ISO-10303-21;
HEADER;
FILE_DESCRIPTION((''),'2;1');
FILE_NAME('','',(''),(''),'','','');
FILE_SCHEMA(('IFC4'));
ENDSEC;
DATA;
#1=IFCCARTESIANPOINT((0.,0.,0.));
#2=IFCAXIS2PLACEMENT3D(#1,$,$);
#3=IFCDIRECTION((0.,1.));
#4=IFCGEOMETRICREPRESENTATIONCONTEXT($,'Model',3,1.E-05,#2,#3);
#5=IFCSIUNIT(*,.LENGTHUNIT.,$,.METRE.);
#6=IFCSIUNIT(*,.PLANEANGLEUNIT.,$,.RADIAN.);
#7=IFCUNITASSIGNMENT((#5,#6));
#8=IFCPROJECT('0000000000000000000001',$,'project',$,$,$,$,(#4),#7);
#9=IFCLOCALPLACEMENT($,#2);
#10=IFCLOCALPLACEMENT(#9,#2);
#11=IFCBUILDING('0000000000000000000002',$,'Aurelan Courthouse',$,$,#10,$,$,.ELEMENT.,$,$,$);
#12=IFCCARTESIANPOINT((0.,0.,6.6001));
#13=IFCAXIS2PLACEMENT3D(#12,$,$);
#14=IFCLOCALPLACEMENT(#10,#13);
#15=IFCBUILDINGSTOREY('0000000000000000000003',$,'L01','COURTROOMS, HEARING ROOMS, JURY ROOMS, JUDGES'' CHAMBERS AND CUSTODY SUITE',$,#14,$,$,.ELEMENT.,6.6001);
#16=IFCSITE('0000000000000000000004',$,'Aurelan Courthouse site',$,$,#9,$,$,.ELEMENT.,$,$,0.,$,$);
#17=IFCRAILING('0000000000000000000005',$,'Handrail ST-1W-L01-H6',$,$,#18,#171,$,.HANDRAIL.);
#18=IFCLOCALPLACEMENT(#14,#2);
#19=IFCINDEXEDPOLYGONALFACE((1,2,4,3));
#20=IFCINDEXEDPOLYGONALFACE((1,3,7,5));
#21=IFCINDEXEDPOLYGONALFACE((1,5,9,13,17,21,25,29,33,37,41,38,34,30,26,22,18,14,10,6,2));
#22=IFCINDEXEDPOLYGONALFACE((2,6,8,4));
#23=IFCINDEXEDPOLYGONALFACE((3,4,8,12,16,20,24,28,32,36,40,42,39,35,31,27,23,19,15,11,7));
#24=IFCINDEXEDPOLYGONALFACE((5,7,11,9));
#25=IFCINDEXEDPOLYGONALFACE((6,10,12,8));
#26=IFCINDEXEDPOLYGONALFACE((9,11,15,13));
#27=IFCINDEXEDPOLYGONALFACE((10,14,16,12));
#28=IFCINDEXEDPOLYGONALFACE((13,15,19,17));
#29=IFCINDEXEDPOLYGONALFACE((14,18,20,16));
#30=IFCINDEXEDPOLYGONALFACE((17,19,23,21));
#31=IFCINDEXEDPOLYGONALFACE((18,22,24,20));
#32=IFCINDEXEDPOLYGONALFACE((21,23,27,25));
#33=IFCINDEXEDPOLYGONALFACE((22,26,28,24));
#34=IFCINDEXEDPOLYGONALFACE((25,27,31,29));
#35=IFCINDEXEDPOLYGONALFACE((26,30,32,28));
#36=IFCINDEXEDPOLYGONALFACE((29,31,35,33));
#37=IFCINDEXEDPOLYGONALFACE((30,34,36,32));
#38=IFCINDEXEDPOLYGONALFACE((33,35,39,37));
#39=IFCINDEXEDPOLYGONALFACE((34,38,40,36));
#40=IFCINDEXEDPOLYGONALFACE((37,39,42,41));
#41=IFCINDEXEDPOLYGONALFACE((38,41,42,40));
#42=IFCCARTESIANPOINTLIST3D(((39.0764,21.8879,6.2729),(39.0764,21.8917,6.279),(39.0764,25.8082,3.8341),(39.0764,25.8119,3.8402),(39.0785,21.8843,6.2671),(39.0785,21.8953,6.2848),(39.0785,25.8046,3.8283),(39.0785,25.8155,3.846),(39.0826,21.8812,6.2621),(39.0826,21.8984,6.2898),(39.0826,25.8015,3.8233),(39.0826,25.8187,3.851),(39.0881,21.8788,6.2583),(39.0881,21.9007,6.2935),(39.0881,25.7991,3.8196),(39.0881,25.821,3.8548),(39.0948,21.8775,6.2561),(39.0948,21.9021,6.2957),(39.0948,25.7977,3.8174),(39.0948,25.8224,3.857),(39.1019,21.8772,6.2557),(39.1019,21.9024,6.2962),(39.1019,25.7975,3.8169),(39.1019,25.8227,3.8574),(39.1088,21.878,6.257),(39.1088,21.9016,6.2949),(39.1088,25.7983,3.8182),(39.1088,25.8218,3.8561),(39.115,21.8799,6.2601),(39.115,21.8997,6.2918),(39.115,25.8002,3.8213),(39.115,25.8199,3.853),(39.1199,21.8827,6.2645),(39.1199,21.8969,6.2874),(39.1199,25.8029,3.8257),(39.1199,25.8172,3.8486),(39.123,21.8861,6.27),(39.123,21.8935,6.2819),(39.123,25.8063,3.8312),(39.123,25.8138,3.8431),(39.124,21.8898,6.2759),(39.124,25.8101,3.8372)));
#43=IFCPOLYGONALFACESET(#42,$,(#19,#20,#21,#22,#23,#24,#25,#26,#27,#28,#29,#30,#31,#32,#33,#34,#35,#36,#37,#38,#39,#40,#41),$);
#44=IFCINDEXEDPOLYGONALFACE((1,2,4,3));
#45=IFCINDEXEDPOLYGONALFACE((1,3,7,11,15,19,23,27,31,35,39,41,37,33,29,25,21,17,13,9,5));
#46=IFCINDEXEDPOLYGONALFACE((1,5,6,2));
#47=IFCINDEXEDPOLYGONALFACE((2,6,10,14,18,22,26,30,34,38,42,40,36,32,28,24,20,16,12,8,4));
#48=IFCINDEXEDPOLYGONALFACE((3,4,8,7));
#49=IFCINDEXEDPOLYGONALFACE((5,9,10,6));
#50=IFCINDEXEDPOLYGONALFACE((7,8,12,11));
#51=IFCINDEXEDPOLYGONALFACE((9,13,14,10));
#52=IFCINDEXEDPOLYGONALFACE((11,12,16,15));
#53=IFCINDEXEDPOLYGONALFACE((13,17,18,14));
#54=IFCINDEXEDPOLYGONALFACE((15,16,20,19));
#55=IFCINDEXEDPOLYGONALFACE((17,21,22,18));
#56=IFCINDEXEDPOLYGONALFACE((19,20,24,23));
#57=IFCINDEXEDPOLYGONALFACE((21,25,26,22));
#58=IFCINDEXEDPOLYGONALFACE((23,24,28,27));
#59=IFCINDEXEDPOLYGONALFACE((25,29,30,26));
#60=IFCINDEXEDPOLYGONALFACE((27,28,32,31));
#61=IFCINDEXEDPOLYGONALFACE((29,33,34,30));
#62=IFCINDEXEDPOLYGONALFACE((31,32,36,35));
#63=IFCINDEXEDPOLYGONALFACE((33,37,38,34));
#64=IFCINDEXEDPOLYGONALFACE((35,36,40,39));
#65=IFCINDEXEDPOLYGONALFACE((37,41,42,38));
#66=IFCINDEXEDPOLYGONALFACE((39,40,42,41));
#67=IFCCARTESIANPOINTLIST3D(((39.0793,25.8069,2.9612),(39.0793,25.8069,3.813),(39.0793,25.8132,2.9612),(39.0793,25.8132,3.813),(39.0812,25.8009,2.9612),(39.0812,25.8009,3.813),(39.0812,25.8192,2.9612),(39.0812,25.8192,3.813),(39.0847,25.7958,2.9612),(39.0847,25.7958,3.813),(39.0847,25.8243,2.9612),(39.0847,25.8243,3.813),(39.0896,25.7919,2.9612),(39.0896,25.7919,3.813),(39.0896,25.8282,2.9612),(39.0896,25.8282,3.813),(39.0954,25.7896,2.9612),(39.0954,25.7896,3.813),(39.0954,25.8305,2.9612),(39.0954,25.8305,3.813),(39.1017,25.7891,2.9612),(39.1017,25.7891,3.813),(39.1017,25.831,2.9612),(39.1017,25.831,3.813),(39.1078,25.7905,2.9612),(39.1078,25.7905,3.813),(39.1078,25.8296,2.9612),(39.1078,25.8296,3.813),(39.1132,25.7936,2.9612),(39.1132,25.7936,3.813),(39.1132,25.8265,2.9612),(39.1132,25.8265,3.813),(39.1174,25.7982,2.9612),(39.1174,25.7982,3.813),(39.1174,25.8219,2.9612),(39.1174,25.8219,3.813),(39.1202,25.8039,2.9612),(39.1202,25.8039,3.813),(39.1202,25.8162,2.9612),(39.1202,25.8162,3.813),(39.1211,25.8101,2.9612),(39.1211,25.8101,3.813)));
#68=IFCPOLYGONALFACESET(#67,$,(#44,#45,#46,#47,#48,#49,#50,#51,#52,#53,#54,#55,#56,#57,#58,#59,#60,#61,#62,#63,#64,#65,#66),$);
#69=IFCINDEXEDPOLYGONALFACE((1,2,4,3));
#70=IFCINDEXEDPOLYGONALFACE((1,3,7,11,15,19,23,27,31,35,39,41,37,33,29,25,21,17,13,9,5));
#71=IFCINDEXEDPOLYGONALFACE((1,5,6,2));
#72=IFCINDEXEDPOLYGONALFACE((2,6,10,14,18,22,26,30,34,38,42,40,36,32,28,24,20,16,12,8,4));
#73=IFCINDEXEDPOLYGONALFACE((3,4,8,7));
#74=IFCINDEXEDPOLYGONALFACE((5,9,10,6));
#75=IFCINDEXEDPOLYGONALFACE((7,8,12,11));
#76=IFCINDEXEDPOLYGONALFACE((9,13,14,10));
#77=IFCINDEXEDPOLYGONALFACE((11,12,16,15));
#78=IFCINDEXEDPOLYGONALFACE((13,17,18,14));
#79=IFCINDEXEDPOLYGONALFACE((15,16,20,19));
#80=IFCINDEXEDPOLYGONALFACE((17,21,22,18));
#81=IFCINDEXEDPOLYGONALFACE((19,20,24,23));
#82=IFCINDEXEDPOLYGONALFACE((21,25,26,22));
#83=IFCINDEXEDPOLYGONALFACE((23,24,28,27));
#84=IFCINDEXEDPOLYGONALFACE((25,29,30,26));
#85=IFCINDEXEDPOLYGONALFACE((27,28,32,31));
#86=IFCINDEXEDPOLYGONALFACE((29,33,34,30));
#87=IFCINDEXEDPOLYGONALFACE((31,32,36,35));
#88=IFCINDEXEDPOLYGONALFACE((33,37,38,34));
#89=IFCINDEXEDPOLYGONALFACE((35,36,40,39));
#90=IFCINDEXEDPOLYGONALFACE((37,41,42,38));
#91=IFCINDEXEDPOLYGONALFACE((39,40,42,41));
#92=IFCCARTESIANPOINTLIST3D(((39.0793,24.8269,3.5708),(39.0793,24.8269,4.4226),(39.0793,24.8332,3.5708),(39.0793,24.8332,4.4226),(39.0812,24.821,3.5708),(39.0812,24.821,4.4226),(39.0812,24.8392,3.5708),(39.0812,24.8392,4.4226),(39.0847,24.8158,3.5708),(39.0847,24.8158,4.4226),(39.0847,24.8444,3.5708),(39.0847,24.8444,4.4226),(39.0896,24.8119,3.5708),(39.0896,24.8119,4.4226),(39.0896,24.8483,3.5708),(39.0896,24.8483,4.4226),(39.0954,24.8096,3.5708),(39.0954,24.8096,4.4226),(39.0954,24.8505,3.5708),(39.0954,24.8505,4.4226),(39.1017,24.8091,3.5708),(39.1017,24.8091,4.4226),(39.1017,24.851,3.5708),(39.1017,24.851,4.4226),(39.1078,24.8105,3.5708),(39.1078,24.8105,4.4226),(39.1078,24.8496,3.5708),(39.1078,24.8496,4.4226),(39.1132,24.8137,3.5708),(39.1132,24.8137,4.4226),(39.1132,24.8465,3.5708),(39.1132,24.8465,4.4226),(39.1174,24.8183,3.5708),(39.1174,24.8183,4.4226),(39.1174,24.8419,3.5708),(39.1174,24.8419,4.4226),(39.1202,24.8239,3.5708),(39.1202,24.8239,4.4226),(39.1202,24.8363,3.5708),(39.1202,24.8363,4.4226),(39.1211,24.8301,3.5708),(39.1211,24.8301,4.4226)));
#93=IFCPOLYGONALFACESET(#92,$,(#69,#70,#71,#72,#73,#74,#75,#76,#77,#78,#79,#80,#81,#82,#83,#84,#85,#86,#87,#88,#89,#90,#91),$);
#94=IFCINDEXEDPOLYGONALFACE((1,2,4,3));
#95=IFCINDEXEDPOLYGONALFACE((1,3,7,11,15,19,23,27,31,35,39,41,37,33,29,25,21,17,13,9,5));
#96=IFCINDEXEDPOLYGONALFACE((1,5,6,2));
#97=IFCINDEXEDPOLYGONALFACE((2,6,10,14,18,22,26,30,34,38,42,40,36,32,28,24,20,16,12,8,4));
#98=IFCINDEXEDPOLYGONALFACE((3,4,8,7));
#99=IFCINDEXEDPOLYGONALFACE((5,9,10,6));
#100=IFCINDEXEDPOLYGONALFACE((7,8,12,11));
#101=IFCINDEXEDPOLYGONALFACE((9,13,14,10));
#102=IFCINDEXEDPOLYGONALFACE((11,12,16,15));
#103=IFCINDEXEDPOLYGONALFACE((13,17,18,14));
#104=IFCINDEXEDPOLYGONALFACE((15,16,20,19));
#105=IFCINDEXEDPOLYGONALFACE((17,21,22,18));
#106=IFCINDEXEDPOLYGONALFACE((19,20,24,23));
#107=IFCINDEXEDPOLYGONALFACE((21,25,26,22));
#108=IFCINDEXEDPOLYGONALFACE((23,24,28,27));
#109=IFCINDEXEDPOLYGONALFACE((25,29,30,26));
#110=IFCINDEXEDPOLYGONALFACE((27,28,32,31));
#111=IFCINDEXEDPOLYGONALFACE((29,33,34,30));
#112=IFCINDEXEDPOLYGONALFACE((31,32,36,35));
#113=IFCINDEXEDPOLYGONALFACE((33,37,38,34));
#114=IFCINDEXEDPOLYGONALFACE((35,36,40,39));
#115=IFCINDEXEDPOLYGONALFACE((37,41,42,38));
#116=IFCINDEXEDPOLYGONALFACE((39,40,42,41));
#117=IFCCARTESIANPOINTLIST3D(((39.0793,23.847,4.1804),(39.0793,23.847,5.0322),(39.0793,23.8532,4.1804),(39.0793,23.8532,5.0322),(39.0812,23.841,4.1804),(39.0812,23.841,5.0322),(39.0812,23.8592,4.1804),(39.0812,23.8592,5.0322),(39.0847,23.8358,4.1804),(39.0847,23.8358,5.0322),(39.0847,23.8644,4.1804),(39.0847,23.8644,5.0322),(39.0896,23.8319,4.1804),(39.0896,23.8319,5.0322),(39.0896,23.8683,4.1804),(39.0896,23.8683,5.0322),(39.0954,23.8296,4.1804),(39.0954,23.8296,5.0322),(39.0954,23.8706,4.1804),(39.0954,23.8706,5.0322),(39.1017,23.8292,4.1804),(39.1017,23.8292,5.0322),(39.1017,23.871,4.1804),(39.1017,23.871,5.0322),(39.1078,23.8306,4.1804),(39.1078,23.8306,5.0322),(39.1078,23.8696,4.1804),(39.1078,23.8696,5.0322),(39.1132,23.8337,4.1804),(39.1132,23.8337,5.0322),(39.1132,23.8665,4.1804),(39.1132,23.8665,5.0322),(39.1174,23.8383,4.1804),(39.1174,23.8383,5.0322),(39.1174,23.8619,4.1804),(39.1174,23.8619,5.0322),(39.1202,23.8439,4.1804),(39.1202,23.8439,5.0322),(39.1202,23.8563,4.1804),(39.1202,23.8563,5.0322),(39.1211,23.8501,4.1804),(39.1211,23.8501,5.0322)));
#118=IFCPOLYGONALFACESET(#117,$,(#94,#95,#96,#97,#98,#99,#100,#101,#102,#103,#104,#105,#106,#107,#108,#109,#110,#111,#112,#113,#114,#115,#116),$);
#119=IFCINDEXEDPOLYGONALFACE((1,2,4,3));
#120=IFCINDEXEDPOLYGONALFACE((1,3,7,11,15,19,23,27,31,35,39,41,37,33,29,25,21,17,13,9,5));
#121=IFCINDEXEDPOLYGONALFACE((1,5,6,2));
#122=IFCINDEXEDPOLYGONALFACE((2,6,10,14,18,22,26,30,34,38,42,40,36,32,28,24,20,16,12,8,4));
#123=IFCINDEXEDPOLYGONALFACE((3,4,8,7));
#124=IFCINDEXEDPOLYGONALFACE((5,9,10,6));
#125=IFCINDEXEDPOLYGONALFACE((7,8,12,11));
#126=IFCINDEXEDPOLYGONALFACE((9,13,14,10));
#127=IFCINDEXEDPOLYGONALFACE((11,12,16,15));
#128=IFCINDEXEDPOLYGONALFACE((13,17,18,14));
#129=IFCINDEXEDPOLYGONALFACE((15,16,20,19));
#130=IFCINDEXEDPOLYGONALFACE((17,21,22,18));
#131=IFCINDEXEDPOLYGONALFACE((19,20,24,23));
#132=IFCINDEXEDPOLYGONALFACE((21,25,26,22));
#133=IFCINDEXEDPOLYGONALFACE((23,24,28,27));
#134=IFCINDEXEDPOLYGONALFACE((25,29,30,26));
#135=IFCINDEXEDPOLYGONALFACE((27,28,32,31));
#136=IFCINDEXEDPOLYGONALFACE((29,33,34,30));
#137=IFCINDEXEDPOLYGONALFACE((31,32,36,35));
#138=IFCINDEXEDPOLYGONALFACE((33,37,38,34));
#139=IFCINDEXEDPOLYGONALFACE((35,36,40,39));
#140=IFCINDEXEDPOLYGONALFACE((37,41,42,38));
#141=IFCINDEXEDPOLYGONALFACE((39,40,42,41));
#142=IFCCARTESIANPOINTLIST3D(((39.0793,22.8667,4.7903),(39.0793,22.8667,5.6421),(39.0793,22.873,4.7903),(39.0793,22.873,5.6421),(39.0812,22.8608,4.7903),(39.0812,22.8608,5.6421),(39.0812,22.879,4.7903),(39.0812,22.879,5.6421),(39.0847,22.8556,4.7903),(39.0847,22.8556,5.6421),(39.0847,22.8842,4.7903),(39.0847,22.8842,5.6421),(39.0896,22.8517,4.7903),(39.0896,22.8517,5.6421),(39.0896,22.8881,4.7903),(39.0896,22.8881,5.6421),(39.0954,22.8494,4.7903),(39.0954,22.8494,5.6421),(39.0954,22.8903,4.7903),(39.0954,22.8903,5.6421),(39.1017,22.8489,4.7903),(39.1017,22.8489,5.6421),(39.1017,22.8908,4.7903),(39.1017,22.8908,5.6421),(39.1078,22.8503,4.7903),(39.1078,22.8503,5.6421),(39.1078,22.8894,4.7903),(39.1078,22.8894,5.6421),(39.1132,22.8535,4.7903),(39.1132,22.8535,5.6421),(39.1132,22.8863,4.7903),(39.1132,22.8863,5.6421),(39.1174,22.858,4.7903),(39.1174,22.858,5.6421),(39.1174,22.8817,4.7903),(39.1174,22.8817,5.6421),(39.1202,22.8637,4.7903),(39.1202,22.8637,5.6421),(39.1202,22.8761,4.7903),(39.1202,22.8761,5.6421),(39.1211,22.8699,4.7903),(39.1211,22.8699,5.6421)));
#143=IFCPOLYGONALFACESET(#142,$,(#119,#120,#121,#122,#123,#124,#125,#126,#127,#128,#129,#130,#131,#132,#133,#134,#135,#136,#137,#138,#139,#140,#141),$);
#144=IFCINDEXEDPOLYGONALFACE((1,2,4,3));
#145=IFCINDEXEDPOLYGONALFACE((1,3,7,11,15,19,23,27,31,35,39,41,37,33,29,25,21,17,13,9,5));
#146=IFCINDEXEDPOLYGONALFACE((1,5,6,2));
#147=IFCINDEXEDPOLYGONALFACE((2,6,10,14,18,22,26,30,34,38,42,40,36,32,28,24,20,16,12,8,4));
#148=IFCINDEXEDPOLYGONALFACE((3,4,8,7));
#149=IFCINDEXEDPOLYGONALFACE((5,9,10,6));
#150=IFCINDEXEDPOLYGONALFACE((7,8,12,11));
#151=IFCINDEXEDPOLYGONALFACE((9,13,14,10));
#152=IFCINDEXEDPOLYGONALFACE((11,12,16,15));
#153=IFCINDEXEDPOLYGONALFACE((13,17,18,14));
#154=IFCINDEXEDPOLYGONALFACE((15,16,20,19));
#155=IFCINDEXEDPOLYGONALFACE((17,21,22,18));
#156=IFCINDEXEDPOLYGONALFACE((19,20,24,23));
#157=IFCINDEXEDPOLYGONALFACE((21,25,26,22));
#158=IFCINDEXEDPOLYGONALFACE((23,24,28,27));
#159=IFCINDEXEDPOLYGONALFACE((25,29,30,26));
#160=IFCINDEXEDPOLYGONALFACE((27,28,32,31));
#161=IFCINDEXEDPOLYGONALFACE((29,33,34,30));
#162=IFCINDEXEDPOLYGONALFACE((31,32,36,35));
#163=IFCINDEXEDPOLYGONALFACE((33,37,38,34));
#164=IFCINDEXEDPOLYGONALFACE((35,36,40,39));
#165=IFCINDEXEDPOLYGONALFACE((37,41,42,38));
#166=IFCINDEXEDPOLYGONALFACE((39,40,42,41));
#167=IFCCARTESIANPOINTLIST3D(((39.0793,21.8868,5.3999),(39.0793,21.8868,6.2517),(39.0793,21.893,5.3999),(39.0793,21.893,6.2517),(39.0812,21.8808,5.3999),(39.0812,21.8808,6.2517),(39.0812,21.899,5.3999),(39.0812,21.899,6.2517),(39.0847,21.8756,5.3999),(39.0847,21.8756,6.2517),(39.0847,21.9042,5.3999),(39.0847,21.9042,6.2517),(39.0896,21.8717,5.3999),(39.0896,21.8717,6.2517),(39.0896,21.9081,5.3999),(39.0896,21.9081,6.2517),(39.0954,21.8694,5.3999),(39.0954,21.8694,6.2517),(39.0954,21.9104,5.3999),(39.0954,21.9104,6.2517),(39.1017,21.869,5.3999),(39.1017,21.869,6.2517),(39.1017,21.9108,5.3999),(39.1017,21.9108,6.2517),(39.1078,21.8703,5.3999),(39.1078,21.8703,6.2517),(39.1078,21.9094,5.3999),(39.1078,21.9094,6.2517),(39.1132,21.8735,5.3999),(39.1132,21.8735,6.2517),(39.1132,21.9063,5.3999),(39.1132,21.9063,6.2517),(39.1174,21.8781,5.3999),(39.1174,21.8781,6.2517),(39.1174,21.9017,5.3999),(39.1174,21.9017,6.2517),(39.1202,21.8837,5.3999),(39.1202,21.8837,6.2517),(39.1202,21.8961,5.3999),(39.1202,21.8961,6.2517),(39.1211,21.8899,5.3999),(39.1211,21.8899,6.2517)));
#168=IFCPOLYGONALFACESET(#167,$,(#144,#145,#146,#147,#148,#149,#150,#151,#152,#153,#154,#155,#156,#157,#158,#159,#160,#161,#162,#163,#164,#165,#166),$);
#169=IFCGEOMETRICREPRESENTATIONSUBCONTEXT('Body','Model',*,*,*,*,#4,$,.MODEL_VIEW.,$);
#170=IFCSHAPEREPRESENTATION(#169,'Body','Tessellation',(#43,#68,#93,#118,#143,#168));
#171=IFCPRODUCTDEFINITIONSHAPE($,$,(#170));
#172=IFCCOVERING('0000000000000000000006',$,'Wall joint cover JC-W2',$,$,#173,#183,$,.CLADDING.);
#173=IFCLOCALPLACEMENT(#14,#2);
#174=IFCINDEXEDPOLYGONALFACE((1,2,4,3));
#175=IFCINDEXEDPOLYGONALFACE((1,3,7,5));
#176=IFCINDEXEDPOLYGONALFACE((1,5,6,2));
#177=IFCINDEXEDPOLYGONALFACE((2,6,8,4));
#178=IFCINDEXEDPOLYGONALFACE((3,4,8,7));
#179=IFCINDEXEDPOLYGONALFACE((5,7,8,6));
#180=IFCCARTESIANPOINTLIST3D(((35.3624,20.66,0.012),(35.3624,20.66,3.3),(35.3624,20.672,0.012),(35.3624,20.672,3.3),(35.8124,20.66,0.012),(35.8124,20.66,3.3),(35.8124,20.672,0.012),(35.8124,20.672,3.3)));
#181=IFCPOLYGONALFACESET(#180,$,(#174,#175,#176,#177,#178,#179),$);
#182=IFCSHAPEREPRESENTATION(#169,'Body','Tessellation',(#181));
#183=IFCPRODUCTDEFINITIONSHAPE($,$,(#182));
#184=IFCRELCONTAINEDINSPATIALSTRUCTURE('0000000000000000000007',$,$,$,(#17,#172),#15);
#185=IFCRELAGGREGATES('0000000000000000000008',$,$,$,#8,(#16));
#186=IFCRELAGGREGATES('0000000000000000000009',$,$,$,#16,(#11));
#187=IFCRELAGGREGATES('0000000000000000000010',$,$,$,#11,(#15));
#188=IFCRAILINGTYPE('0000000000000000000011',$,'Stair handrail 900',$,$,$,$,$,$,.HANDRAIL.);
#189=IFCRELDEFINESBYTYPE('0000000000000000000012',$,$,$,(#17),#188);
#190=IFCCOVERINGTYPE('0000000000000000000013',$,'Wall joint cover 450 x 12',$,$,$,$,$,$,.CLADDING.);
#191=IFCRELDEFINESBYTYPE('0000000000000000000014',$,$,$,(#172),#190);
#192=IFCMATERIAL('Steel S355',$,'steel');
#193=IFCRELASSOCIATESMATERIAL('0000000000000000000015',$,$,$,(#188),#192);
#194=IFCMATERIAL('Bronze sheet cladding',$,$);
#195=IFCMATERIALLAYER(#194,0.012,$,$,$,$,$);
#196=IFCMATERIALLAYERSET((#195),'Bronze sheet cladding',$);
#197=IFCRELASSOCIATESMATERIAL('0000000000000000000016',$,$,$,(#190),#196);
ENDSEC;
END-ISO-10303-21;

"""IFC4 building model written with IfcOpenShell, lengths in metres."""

from ifc_helpers import new_model, si_unit, direction, frame, origin, origin_2d, place, context, subcontext, project, spatial, rectangle, circle, extrude, material, layer, layer_set, type_object, element, save


model = new_model("IFC4")

# Units and contexts
model_context = context("Model", 3, precision=1e-05, world=origin(), true_north=direction((0.0, 1.0)))
body_context = subcontext(model_context, "Body", "Model", "MODEL_VIEW")
ifc_project = project(units=[si_unit("LENGTHUNIT", "METRE"), si_unit("PLANEANGLEUNIT", "RADIAN")], contexts=[model_context])

# Site, building, storey
site_placement = place(None, origin())
site = spatial("IfcSite", under=ifc_project, at=site_placement, Name="Aurelan Courthouse site", CompositionType="ELEMENT", RefElevation=0.0)
building_placement = place(site_placement, origin())
building = spatial("IfcBuilding", under=site, at=building_placement, Name="Aurelan Courthouse", CompositionType="ELEMENT")
storey_placement = place(building_placement, frame((0.0, 0.0, 6.6001)))
storey = spatial("IfcBuildingStorey", under=building, at=storey_placement, Name="L01", Description="COURTROOMS, HEARING ROOMS, JURY ROOMS, JUDGES' CHAMBERS AND CUSTODY SUITE", CompositionType="ELEMENT", Elevation=6.6001)

# Shared definitions
ifc_material_1 = material(Name="Bronze sheet cladding")

# Railing
ifc_material_2 = material(Name="Steel S355", Category="steel")
railing_type_1 = type_object("IfcRailingType", Name="Stair handrail 900", PredefinedType="HANDRAIL", material=ifc_material_2)
for number, where, name in (
    (1, (39.1001, 25.8101, 2.9612), "Handrail ST-1W-L01-H6"),
):
    element("IfcRailing", number, at=place(storey_placement, frame(where)), inside=storey, type_object=railing_type_1, Name=name, PredefinedType="HANDRAIL", context=body_context, shape_type="SweptSolid", body=[
        extrude(circle(Radius=0.0239, at=origin_2d()), frame((0.0, 0.0, 0.876), z_axis=(0.0, -0.849105, 0.528225), x_axis=(1.0, 0.0, 0.0)), (0.0, 0.0, 1.0), 4.6169),
        extrude(circle(Radius=0.021, at=origin_2d()), origin(), (0.0, 0.0, 1.0), 0.8518),
        extrude(circle(Radius=0.021, at=origin_2d()), frame((0.0, -0.98, 0.6096)), (0.0, 0.0, 1.0), 0.8518),
        extrude(circle(Radius=0.021, at=origin_2d()), frame((0.0, -1.96, 1.2192)), (0.0, 0.0, 1.0), 0.8518),
        extrude(circle(Radius=0.021, at=origin_2d()), frame((0.0, -2.9402, 1.8291)), (0.0, 0.0, 1.0), 0.8518),
        extrude(circle(Radius=0.021, at=origin_2d()), frame((0.0, -3.9202, 2.4387)), (0.0, 0.0, 1.0), 0.8518),
    ])

# Covering
ifc_layer_1 = layer(ifc_material_1, 0.012)
ifc_layer_set_1 = layer_set([ifc_layer_1], Name="Bronze sheet cladding")
covering_type_1 = type_object("IfcCoveringType", Name="Wall joint cover 450 x 12", PredefinedType="CLADDING", material=ifc_layer_set_1)
covering_placement = place(storey_placement, frame((35.5874, 20.666, 0.012), z_axis=(0.0, 0.0, 1.0), x_axis=(1.0, 0.0, 0.0)))
element("IfcCovering", 2, at=covering_placement, inside=storey, type_object=covering_type_1, Name="Wall joint cover JC-W2", PredefinedType="CLADDING", context=body_context, shape_type="SweptSolid", body=[
    extrude(rectangle(XDim=0.45, YDim=0.012, at=origin_2d()), origin(), (0.0, 0.0, 1.0), 3.2881),
])

save(model, "model.ifc")
